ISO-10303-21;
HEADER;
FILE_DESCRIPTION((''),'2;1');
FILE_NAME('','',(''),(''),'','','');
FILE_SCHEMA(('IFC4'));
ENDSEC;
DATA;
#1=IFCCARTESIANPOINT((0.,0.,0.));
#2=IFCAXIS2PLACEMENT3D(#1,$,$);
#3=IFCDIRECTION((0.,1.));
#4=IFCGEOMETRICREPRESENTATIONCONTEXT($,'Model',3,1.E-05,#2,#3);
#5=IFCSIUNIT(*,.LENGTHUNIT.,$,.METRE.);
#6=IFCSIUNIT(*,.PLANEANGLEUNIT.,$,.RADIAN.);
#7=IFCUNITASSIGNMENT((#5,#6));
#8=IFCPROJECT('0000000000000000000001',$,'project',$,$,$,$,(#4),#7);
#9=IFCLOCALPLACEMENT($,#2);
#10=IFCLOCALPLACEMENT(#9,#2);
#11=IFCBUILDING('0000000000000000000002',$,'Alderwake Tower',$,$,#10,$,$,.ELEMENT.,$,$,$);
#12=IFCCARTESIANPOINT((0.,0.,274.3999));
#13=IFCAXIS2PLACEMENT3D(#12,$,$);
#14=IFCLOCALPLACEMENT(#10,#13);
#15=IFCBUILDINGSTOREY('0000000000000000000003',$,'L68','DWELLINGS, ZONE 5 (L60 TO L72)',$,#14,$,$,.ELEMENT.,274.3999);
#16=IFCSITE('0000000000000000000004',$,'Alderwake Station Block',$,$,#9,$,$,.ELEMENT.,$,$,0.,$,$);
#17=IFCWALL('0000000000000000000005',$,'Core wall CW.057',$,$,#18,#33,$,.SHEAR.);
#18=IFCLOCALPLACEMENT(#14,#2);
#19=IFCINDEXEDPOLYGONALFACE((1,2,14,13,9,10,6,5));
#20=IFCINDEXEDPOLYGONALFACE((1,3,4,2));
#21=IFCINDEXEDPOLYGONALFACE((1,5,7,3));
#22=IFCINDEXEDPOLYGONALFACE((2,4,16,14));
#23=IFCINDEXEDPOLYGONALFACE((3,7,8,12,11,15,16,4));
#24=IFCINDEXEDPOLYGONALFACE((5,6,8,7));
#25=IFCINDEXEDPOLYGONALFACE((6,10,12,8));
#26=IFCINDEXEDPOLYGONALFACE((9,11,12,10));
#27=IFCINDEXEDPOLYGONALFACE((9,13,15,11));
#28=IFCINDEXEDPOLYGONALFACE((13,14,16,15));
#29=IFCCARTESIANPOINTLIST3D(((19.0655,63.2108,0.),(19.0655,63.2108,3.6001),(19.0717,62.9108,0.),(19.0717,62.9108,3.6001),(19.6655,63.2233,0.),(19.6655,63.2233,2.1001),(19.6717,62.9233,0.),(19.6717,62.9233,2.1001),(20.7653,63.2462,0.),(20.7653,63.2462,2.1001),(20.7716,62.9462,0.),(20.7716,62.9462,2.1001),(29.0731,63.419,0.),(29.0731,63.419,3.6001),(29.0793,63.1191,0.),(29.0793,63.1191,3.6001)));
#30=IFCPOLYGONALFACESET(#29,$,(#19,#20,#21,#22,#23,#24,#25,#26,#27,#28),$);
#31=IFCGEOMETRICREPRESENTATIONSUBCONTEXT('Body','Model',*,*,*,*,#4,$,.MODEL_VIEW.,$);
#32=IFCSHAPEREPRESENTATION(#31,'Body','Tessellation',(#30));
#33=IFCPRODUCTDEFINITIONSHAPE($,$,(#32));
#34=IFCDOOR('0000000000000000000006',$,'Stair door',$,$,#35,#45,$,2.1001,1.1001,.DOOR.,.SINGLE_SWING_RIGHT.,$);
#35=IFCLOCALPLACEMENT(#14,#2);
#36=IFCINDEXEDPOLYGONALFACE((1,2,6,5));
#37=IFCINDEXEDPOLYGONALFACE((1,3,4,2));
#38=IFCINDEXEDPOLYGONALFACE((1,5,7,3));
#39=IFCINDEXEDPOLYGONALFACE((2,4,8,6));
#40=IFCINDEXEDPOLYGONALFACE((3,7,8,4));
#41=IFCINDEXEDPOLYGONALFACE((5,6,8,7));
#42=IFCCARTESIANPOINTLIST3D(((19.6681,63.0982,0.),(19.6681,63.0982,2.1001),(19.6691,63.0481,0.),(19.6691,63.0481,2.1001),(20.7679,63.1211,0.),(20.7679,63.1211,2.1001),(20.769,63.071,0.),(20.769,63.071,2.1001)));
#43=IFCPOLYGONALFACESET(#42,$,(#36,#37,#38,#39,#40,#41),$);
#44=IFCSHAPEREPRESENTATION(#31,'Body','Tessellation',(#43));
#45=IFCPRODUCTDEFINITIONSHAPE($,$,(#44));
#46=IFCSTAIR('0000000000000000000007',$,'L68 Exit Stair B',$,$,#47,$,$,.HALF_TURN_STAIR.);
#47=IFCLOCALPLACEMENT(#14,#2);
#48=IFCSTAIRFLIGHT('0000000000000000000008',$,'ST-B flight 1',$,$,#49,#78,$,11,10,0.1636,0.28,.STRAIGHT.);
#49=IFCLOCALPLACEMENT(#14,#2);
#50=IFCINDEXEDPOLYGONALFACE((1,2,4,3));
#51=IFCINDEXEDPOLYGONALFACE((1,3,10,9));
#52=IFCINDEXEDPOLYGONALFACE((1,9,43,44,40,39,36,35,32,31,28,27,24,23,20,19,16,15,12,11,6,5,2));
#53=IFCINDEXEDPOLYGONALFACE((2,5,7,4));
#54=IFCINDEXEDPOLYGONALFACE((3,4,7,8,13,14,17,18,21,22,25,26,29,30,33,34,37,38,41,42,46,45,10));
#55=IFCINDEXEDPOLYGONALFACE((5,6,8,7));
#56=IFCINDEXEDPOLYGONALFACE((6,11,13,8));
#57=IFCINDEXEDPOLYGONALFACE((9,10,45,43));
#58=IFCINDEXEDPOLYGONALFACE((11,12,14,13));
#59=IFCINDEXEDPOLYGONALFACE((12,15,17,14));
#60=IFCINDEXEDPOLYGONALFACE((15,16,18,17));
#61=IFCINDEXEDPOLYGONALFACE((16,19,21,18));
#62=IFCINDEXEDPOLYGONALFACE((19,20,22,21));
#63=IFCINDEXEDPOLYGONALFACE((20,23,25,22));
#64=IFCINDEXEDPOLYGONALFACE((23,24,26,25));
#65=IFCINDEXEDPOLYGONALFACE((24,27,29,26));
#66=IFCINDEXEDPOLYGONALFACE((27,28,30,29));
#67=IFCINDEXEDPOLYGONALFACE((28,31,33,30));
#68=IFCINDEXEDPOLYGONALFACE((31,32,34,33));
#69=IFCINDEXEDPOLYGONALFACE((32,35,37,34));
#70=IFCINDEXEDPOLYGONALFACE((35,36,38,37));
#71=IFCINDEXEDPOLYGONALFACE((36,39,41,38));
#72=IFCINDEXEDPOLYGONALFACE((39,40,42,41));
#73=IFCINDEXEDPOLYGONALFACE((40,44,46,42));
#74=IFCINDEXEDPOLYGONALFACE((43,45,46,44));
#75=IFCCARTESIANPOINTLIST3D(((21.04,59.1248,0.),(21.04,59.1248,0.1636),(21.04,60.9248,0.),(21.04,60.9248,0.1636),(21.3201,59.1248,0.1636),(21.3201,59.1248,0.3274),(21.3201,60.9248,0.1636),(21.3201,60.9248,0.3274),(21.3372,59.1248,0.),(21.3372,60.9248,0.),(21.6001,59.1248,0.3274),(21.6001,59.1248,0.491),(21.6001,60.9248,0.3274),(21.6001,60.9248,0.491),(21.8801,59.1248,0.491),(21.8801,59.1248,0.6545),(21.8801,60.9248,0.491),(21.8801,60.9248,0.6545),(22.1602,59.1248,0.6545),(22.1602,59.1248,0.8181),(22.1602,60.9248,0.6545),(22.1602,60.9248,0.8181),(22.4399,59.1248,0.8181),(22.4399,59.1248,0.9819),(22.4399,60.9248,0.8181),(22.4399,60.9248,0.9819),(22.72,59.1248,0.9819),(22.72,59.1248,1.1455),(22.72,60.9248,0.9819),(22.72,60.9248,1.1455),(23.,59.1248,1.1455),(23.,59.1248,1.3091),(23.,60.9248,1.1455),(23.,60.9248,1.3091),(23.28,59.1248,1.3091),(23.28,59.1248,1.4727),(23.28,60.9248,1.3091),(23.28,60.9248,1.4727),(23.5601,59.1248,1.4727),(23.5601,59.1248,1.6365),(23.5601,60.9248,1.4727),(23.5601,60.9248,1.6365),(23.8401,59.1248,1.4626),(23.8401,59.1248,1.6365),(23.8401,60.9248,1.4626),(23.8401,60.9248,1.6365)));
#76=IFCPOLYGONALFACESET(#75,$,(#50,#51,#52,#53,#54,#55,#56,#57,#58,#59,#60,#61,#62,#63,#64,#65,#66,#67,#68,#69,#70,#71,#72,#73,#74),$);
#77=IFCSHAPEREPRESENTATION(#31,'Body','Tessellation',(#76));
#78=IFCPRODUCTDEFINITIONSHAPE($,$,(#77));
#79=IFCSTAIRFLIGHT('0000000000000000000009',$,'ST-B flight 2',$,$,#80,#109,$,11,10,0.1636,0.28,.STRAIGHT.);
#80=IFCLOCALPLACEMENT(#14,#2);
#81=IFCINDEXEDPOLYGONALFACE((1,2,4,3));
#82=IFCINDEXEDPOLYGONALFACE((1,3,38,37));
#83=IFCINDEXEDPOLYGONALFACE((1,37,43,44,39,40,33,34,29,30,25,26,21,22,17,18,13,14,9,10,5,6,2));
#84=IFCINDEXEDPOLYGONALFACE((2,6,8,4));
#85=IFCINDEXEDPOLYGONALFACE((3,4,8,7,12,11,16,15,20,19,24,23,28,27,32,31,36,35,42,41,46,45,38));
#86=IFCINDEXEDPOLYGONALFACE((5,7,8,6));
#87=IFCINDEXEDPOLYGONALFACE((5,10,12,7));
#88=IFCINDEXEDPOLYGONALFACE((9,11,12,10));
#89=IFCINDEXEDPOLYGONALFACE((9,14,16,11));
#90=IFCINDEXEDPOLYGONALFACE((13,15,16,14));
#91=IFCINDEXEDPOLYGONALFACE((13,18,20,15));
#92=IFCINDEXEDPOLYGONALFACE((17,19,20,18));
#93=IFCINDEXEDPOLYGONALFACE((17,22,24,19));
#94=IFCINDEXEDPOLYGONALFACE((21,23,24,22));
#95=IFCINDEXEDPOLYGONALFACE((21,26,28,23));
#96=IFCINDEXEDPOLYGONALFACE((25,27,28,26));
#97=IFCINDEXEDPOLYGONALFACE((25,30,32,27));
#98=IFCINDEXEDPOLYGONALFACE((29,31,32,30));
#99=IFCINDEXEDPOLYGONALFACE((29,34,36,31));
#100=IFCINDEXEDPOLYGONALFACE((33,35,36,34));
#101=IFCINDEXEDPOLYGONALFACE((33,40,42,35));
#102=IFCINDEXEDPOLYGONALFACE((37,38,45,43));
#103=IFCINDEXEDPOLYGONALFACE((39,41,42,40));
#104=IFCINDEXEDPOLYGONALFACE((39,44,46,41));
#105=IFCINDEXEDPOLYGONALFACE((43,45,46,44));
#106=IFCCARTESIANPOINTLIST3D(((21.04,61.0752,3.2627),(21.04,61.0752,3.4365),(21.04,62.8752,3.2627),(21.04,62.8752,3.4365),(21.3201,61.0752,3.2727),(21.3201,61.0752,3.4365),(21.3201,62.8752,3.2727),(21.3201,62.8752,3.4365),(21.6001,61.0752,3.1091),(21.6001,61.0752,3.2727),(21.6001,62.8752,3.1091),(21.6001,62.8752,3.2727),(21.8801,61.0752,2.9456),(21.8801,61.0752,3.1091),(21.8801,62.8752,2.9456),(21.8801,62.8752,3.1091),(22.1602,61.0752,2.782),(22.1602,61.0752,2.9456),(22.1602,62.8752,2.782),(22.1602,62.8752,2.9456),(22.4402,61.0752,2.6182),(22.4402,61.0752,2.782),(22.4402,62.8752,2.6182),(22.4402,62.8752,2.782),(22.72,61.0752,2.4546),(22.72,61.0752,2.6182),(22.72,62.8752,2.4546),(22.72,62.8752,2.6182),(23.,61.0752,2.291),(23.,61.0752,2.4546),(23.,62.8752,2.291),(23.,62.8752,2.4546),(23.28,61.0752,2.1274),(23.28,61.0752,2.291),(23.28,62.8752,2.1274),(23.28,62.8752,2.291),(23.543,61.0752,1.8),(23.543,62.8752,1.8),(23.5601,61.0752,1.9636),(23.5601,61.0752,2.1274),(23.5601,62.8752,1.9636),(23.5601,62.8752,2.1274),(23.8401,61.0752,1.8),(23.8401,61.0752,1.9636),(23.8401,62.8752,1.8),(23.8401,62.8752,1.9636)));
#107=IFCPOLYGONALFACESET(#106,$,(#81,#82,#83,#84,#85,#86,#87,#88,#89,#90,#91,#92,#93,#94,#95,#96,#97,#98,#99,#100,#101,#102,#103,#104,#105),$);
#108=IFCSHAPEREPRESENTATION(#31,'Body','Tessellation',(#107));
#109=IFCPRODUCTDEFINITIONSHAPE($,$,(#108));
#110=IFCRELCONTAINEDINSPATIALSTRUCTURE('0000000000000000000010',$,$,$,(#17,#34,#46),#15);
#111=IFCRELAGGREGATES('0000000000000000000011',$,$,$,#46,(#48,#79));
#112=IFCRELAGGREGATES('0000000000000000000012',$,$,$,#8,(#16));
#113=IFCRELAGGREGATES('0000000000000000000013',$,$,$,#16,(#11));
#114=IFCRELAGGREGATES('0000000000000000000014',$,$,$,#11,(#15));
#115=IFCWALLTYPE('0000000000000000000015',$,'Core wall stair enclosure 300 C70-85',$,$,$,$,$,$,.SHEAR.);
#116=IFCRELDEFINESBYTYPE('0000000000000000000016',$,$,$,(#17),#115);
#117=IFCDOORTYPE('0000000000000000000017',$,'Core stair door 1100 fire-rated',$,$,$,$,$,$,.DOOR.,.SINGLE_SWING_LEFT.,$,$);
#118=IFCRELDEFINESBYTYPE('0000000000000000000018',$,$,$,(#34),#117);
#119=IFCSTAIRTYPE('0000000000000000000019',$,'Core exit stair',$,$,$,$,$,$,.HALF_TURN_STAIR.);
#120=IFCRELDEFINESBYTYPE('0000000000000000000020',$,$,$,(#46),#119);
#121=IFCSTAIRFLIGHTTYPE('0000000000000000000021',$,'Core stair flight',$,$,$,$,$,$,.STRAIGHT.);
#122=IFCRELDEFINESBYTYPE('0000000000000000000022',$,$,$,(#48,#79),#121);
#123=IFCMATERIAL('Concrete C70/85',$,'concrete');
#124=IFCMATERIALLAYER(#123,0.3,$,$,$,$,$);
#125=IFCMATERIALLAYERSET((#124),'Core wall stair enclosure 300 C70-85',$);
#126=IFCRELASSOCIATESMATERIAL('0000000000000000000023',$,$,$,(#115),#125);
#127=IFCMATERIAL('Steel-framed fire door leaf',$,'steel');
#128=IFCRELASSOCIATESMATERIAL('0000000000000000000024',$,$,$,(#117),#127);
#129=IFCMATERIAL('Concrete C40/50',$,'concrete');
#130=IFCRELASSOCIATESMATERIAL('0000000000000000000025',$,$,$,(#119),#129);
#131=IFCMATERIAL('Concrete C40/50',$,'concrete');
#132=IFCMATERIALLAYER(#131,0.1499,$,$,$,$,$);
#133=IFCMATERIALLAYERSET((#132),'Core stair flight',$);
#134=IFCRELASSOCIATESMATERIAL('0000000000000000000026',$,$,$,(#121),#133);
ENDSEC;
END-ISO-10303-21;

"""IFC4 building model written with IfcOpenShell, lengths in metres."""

from ifc_helpers import new_model, si_unit, direction, frame, frame_2d, origin, place, context, subcontext, project, spatial, polyline, rectangle, outline, extrude, material, layer, layer_set, type_object, element, fill, aggregate, save


model = new_model("IFC4")

# Units and contexts
model_context = context("Model", 3, precision=1e-05, world=origin(), true_north=direction((0.0, 1.0)))
body_context = subcontext(model_context, "Body", "Model", "MODEL_VIEW")
ifc_project = project(units=[si_unit("LENGTHUNIT", "METRE"), si_unit("PLANEANGLEUNIT", "RADIAN")], contexts=[model_context])

# Site, building, storey
site_placement = place(None, origin())
site = spatial("IfcSite", under=ifc_project, at=site_placement, Name="Alderwake Station Block", CompositionType="ELEMENT", RefElevation=0.0)
building_placement = place(site_placement, origin())
building = spatial("IfcBuilding", under=site, at=building_placement, Name="Alderwake Tower", CompositionType="ELEMENT")
storey_placement = place(building_placement, frame((0.0, 0.0, 274.3999)))
storey = spatial("IfcBuildingStorey", under=building, at=storey_placement, Name="L68", Description="DWELLINGS, ZONE 5 (L60 TO L72)", CompositionType="ELEMENT", Elevation=274.3999)

# Wall, opening, door
ifc_material_1 = material(Name="Concrete C70/85", Category="concrete")
ifc_layer_1 = layer(ifc_material_1, 0.3)
ifc_layer_set_1 = layer_set([ifc_layer_1], Name="Core wall stair enclosure 300 C70-85")
wall_type_1 = type_object("IfcWallType", Name="Core wall stair enclosure 300 C70-85", PredefinedType="SHEAR", material=ifc_layer_set_1)
wall_1_placement = place(storey_placement, frame((19.0686, 63.0608, 0.0), z_axis=(0.0, 0.0, 1.0), x_axis=(0.999784, 0.020805, 0.0)))
wall_1 = element("IfcWall", 1, at=wall_1_placement, inside=storey, type_object=wall_type_1, Name="Core wall CW.057", PredefinedType="SHEAR", context=body_context, shape_type="SweptSolid", body=[
    extrude(rectangle(XDim=10.0098, YDim=0.3, at=frame_2d((5.0049, 0.0))), origin(), (0.0, 0.0, 1.0), 3.6001),
])
opening_1_placement = place(wall_1_placement, frame((0.6001, 0.0, 0.0)))
opening_1 = element("IfcOpeningElement", 2, at=opening_1_placement, cuts=wall_1, PredefinedType="OPENING", context=body_context, shape_type="SweptSolid", body=[
    extrude(rectangle(XDim=1.1001, YDim=2.1001, at=frame_2d((0.55, 1.05))), frame((0.0, 0.1599, 0.0), z_axis=(0.0, -1.0, 0.0), x_axis=(1.0, 0.0, 0.0)), (0.0, 0.0, 1.0), 0.3201),
])
ifc_material_2 = material(Name="Steel-framed fire door leaf", Category="steel")
door_type_1 = type_object("IfcDoorType", Name="Core stair door 1100 fire-rated", OperationType="SINGLE_SWING_LEFT", PredefinedType="DOOR", material=ifc_material_2)
door_1_placement = place(opening_1_placement, origin())
door_1 = element("IfcDoor", 3, at=door_1_placement, inside=storey, type_object=door_type_1, Name="Stair door", OperationType="SINGLE_SWING_RIGHT", OverallHeight=2.1001, OverallWidth=1.1001, PredefinedType="DOOR", context=body_context, shape_type="SweptSolid", body=[
    extrude(rectangle(XDim=1.1001, YDim=2.1001, at=frame_2d((0.55, 1.05))), frame((0.0, 0.0249, 0.0), z_axis=(0.0, -1.0, 0.0), x_axis=(1.0, 0.0, 0.0)), (0.0, 0.0, 1.0), 0.05),
])
fill(opening_1, door_1)

# Stair, stair flights
ifc_material_3 = material(Name="Concrete C40/50", Category="concrete")
stair_type = type_object("IfcStairType", Name="Core exit stair", PredefinedType="HALF_TURN_STAIR", material=ifc_material_3)
stair_placement = place(storey_placement, origin())
stair = element("IfcStair", 4, at=stair_placement, inside=storey, type_object=stair_type, Name="L68 Exit Stair B", PredefinedType="HALF_TURN_STAIR")
ifc_material_4 = material(Name="Concrete C40/50", Category="concrete")
ifc_layer_2 = layer(ifc_material_4, 0.1499)
ifc_layer_set_2 = layer_set([ifc_layer_2], Name="Core stair flight")
stair_flight_type = type_object("IfcStairFlightType", Name="Core stair flight", PredefinedType="STRAIGHT", material=ifc_layer_set_2)
stair_flight_1_placement = place(storey_placement, frame((21.04, 60.0249, 0.0), z_axis=(0.0, 0.0, 1.0), x_axis=(1.0, 0.0, 0.0)))
stair_flight_1 = element("IfcStairFlight", 5, at=stair_flight_1_placement, type_object=stair_flight_type, Name="ST-B flight 1", NumberOfRisers=11, NumberOfTreads=10, PredefinedType="STRAIGHT", RiserHeight=0.1636, TreadLength=0.28, context=body_context, shape_type="SweptSolid", body=[
    extrude(outline(polyline([(0.0, 0.0), (0.0, 0.1636), (0.28, 0.1636), (0.28, 0.3274), (0.5601, 0.3274), (0.5601, 0.491), (0.8401, 0.491), (0.8401, 0.6545), (1.1201, 0.6545), (1.1201, 0.8181), (1.3999, 0.8181), (1.3999, 0.9819), (1.6799, 0.9819), (1.6799, 1.1455), (1.96, 1.1455), (1.96, 1.3091), (2.24, 1.3091), (2.24, 1.4727), (2.52, 1.4727), (2.52, 1.6365), (2.8, 1.6365), (2.8, 1.8), (2.8, 1.4626), (0.2971, 0.0), (0.0, 0.0)])), frame((0.0, 0.8999, 0.0), z_axis=(0.0, -1.0, 0.0), x_axis=(1.0, 0.0, 0.0)), (0.0, 0.0, 1.0), 1.8),
])
stair_flight_2_placement = place(storey_placement, frame((23.8401, 61.9751, 1.8), z_axis=(0.0, 0.0, 1.0), x_axis=(-1.0, 0.0, 0.0)))
stair_flight_2 = element("IfcStairFlight", 6, at=stair_flight_2_placement, type_object=stair_flight_type, Name="ST-B flight 2", NumberOfRisers=11, NumberOfTreads=10, PredefinedType="STRAIGHT", RiserHeight=0.1636, TreadLength=0.28, context=body_context, shape_type="SweptSolid", body=[
    extrude(outline(polyline([(0.0, 0.0), (0.0, 0.1636), (0.28, 0.1636), (0.28, 0.3274), (0.5601, 0.3274), (0.5601, 0.491), (0.8401, 0.491), (0.8401, 0.6545), (1.1201, 0.6545), (1.1201, 0.8181), (1.3999, 0.8181), (1.3999, 0.9819), (1.6799, 0.9819), (1.6799, 1.1455), (1.96, 1.1455), (1.96, 1.3091), (2.24, 1.3091), (2.24, 1.4727), (2.52, 1.4727), (2.52, 1.6365), (2.8, 1.6365), (2.8, 1.8), (2.8, 1.4626), (0.2971, 0.0), (0.0, 0.0)])), frame((0.0, 0.8999, 0.0), z_axis=(0.0, -1.0, 0.0), x_axis=(1.0, 0.0, 0.0)), (0.0, 0.0, 1.0), 1.8),
])
aggregate(stair, [stair_flight_1, stair_flight_2])

save(model, "model.ifc")
